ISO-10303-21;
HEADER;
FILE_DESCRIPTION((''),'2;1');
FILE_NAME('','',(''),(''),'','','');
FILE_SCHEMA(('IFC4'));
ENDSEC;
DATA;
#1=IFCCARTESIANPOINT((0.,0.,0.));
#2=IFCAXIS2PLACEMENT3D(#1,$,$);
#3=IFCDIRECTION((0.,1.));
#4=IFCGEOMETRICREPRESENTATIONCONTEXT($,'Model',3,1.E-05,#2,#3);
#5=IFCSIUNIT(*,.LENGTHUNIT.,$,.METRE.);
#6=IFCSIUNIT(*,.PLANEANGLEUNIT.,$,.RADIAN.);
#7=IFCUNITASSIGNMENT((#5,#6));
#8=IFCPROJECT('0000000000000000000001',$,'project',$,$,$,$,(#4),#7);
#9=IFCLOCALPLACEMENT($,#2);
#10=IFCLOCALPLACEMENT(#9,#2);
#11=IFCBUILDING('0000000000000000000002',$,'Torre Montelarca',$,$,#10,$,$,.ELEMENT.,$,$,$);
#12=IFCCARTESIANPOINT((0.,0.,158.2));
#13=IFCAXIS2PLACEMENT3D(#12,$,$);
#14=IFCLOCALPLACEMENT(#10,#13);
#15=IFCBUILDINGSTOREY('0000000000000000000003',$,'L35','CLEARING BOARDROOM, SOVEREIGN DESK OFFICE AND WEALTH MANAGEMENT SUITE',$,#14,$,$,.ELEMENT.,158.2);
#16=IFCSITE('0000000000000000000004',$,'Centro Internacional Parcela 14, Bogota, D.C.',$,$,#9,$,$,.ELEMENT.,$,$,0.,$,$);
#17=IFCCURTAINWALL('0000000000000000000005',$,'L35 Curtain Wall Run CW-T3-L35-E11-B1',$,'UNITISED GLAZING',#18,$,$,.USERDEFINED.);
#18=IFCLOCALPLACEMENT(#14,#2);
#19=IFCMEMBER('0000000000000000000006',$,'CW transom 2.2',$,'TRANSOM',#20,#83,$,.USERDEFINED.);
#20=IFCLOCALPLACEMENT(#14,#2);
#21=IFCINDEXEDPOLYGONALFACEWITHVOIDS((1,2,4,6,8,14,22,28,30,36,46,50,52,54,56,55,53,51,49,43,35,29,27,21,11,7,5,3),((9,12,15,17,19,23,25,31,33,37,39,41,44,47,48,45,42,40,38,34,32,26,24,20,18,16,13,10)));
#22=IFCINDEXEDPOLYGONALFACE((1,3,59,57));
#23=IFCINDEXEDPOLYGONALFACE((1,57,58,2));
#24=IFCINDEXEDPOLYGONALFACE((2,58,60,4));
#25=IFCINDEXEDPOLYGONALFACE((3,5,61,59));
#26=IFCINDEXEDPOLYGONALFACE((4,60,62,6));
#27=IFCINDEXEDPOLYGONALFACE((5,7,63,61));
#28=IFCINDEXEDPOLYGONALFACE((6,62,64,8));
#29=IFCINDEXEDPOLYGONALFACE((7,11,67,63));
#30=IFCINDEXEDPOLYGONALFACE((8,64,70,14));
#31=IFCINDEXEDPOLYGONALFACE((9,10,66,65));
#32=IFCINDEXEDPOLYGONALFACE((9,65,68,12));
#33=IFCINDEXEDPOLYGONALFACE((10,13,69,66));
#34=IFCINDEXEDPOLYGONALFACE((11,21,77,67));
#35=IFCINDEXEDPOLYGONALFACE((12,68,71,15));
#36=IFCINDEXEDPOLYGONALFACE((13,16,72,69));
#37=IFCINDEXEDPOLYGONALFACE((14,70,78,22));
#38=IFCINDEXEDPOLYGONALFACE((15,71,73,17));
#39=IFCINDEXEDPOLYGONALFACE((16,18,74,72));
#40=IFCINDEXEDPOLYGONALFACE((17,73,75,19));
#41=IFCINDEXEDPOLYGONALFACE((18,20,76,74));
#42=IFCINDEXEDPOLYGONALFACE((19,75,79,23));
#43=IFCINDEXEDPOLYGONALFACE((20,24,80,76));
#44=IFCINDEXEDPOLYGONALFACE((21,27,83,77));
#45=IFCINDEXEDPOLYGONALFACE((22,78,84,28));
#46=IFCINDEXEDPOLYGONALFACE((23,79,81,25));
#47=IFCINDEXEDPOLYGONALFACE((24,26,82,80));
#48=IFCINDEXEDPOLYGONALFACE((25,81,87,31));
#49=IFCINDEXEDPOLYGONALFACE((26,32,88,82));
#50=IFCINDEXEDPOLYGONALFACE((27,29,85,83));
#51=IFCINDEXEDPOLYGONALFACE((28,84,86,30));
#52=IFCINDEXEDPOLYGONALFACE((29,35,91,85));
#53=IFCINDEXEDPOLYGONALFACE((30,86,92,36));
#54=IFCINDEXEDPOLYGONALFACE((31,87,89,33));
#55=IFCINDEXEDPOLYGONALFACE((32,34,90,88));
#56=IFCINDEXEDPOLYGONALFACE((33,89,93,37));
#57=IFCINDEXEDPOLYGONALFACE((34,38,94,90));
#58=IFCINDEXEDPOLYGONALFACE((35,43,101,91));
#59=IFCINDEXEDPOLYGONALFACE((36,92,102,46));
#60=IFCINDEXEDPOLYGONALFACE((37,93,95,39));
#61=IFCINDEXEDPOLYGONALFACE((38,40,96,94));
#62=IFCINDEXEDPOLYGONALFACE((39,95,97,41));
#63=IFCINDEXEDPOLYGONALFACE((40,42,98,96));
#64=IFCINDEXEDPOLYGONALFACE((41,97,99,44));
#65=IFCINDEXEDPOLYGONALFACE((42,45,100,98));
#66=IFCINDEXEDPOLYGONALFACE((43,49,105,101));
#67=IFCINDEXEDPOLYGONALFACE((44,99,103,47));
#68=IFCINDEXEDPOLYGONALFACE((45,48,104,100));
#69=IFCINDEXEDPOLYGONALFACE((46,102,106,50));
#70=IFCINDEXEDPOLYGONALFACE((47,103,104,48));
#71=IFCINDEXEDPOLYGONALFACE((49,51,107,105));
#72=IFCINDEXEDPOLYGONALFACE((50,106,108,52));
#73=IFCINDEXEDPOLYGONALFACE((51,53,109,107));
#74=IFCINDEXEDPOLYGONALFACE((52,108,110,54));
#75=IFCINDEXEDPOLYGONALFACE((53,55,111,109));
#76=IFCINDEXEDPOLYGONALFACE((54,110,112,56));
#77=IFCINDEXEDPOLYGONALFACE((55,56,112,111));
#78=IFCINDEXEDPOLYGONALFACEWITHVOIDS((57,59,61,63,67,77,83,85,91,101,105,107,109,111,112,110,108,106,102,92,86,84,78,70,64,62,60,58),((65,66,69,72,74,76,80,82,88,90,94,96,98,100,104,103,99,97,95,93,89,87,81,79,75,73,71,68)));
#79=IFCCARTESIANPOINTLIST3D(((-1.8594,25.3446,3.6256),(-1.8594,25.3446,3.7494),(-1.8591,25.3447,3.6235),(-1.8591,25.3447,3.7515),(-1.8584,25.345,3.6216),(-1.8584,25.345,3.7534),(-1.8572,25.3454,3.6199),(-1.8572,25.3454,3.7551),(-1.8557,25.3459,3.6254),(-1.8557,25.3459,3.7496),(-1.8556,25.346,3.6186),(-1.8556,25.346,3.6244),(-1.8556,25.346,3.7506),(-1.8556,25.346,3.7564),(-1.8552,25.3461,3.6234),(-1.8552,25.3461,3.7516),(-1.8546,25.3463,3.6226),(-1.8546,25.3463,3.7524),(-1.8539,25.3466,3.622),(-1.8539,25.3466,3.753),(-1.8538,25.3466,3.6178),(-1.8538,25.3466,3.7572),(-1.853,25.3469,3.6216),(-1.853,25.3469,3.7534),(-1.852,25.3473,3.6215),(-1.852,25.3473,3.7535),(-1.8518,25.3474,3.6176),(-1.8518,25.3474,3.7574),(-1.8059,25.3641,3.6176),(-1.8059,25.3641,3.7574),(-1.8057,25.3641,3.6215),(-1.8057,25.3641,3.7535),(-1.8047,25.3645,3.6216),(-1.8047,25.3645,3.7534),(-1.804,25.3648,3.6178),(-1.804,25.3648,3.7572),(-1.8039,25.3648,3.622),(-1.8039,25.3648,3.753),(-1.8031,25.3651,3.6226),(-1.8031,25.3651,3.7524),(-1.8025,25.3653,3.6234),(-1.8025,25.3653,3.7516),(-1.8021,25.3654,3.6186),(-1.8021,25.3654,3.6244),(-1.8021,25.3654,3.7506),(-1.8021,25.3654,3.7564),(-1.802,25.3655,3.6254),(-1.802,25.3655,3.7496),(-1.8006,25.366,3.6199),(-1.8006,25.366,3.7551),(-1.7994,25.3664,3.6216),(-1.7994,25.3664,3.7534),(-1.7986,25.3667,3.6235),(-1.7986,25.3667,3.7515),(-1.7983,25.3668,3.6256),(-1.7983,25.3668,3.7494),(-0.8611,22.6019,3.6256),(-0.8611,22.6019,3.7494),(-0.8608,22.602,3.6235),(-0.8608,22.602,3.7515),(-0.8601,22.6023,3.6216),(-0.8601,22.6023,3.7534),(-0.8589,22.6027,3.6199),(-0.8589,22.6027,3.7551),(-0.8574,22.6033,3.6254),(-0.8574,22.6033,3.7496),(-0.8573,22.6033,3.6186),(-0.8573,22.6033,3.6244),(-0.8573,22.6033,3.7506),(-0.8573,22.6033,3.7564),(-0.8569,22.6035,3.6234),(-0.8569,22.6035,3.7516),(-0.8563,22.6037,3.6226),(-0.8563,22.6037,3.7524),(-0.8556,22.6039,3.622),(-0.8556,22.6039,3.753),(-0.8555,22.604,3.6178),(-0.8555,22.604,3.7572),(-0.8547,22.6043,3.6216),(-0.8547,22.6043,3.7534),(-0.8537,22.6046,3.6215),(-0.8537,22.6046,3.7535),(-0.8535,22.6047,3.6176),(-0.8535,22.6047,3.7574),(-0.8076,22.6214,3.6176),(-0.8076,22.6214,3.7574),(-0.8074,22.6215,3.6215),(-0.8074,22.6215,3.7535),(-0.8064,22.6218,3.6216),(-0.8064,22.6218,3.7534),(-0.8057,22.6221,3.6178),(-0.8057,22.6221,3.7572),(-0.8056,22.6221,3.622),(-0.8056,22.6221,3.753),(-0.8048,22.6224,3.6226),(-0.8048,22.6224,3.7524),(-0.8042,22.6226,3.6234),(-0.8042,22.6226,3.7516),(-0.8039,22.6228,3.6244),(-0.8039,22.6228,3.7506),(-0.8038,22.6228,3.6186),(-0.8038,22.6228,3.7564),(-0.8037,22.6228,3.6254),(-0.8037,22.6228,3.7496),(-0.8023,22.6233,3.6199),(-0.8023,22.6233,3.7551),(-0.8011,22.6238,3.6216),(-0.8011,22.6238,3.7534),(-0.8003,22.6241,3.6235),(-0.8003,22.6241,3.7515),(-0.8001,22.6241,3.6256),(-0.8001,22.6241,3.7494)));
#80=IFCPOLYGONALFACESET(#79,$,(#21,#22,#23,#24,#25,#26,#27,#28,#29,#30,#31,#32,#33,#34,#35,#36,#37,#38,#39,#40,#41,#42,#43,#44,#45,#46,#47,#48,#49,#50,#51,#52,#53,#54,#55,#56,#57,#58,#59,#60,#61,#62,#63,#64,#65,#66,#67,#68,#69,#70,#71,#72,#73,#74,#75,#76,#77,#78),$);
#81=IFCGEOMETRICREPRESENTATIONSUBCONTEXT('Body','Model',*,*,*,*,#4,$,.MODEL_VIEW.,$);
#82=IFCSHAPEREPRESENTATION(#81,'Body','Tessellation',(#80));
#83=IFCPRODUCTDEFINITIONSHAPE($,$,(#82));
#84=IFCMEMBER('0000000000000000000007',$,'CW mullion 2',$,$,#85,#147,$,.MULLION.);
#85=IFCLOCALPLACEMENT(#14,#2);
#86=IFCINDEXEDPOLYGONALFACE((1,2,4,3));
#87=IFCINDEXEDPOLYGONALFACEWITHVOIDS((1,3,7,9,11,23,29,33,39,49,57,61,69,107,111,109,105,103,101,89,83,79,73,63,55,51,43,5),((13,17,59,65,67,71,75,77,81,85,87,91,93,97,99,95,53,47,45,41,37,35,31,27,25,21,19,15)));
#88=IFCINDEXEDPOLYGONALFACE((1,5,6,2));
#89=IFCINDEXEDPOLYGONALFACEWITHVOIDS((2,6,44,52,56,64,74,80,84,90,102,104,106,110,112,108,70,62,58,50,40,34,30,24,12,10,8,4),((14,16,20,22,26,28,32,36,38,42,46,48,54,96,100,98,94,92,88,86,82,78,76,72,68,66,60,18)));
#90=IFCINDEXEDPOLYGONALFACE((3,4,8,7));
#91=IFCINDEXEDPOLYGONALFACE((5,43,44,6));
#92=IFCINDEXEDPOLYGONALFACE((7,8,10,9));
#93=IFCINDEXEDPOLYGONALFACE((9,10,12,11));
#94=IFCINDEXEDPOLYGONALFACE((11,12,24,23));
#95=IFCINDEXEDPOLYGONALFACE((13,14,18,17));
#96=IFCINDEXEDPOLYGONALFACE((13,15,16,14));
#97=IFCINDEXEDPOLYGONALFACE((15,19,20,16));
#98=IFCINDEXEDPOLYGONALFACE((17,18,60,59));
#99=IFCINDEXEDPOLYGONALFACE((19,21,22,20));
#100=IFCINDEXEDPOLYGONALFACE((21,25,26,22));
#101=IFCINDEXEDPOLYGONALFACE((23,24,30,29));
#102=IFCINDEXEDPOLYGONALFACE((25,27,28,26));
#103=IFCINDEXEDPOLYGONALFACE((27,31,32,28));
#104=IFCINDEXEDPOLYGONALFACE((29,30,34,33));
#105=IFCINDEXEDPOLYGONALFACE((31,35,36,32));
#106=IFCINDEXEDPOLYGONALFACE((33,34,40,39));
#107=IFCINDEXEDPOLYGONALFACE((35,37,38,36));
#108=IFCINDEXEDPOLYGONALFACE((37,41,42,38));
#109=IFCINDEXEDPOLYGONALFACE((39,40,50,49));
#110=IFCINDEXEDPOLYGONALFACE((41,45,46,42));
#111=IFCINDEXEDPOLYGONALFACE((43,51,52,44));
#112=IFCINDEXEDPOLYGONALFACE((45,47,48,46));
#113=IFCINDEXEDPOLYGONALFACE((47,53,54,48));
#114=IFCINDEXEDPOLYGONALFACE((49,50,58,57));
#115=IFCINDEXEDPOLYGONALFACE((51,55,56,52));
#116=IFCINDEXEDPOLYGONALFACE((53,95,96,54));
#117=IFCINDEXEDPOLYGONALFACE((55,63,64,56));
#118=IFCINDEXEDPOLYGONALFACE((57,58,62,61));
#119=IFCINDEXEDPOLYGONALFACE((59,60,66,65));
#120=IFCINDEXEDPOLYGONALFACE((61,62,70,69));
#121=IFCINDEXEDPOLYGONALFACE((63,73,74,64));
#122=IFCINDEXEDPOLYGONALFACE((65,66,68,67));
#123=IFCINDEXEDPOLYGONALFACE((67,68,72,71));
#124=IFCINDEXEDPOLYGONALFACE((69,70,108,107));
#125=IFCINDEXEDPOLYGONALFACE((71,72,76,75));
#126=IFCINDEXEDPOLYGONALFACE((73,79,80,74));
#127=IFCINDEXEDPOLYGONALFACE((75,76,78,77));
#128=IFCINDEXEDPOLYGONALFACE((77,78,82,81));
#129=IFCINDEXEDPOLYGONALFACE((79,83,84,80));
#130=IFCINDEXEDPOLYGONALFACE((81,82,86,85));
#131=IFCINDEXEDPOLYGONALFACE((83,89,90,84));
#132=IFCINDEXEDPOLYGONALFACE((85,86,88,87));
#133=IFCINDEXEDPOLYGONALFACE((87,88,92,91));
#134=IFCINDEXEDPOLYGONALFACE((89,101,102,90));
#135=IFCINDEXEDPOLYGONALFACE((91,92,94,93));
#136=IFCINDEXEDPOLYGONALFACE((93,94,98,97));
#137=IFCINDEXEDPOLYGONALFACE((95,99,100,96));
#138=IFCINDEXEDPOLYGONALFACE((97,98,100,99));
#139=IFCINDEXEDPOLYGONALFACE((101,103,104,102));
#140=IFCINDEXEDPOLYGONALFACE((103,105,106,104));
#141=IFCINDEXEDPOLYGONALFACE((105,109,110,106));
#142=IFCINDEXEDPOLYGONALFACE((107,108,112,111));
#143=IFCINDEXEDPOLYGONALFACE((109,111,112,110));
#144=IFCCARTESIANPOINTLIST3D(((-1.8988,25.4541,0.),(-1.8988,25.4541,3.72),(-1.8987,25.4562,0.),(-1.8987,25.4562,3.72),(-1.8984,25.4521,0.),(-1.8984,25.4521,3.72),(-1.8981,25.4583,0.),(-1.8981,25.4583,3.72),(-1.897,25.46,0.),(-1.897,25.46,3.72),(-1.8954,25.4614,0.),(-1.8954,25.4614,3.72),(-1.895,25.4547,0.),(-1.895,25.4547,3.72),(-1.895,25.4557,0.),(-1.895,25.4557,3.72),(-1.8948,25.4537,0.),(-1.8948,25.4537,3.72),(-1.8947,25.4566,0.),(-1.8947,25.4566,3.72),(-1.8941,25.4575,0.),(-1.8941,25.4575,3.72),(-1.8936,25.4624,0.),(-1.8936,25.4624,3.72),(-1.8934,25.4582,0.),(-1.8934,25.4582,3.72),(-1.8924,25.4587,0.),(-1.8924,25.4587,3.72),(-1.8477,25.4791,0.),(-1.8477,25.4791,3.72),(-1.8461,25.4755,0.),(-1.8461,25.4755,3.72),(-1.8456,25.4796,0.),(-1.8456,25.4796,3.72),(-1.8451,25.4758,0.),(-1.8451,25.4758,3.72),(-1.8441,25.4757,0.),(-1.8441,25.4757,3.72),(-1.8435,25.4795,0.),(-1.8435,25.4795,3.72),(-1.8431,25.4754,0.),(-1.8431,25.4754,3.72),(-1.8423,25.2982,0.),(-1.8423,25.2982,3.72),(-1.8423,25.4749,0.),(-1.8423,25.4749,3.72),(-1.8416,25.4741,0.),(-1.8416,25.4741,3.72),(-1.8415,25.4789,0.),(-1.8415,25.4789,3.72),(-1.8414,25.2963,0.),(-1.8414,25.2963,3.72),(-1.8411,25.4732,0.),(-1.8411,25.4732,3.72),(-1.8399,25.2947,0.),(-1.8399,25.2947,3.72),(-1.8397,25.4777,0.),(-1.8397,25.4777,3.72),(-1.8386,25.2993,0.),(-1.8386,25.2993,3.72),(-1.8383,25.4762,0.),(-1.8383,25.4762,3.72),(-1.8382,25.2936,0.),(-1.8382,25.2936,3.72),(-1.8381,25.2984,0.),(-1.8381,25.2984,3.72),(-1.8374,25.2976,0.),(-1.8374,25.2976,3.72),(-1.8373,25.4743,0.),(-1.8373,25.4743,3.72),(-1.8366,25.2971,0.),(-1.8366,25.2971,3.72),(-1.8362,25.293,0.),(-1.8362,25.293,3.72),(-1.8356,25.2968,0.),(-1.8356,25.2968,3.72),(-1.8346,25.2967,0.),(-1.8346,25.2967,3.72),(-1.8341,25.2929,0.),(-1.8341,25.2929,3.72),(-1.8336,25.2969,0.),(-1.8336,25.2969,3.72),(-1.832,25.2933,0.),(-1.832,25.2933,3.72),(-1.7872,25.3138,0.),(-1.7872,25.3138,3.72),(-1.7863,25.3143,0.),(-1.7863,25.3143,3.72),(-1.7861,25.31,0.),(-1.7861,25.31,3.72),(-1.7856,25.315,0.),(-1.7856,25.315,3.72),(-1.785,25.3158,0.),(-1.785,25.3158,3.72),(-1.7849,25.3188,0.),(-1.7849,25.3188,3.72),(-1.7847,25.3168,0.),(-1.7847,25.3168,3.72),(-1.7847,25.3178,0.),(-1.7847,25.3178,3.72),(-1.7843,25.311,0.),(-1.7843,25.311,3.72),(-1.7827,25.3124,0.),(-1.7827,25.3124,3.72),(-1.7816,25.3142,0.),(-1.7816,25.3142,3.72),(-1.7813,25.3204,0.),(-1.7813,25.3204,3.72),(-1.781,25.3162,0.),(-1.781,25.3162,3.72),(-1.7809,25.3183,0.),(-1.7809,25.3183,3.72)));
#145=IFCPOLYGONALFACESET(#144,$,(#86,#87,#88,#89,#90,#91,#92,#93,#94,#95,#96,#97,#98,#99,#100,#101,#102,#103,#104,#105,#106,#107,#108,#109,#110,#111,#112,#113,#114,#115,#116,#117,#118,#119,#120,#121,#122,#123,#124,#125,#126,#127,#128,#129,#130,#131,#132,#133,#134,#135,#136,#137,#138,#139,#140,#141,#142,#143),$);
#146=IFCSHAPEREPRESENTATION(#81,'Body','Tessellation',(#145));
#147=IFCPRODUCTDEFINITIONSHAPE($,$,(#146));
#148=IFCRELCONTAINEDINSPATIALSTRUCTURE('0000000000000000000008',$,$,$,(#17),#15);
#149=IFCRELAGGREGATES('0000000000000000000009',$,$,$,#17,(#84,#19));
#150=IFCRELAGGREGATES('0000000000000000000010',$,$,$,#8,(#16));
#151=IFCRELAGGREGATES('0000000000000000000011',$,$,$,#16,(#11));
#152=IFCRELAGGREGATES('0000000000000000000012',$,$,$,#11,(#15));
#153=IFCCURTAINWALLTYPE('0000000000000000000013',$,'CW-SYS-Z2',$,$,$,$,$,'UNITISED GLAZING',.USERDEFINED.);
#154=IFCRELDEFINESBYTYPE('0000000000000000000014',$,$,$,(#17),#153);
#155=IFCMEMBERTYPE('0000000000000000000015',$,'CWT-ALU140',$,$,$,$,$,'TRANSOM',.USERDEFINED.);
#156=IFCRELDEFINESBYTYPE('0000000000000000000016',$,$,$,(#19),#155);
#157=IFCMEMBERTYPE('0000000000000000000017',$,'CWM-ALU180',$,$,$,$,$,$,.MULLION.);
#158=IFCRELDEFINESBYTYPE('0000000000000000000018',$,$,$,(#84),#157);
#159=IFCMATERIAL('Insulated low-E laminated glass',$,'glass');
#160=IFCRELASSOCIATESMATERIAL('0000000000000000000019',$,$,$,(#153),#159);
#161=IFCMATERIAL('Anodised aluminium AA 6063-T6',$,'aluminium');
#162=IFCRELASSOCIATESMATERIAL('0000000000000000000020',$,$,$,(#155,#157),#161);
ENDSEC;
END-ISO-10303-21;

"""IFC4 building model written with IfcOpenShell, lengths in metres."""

from ifc_helpers import new_model, si_unit, direction, frame, origin, origin_2d, place, context, subcontext, project, spatial, hollow_rectangle, extrude, source, transform, mapped, material, material_profile, profile_set, type_object, element, aggregate, save


model = new_model("IFC4")

# Units and contexts
model_context = context("Model", 3, precision=1e-05, world=origin(), true_north=direction((0.0, 1.0)))
body_context = subcontext(model_context, "Body", "Model", "MODEL_VIEW")
ifc_project = project(units=[si_unit("LENGTHUNIT", "METRE"), si_unit("PLANEANGLEUNIT", "RADIAN")], contexts=[model_context])

# Site, building, storey
site_placement = place(None, origin())
site = spatial("IfcSite", under=ifc_project, at=site_placement, Name="Centro Internacional Parcela 14, Bogota, D.C.", CompositionType="ELEMENT", RefElevation=0.0)
building_placement = place(site_placement, origin())
building = spatial("IfcBuilding", under=site, at=building_placement, Name="Torre Montelarca", CompositionType="ELEMENT")
storey_placement = place(building_placement, frame((0.0, 0.0, 158.2)))
storey = spatial("IfcBuildingStorey", under=building, at=storey_placement, Name="L35", Description="CLEARING BOARDROOM, SOVEREIGN DESK OFFICE AND WEALTH MANAGEMENT SUITE", CompositionType="ELEMENT", Elevation=158.2)

# Curtain wall, members
ifc_material_1 = material(Name="Insulated low-E laminated glass", Category="glass")
curtain_wall_type = type_object("IfcCurtainWallType", Name="CW-SYS-Z2", ElementType="UNITISED GLAZING", PredefinedType="USERDEFINED", material=ifc_material_1)
curtain_wall_placement = place(storey_placement, origin())
curtain_wall = element("IfcCurtainWall", 1, at=curtain_wall_placement, inside=storey, type_object=curtain_wall_type, Name="L35 Curtain Wall Run CW-T3-L35-E11-B1", ObjectType="UNITISED GLAZING", PredefinedType="USERDEFINED")
ifc_material_2 = material(Name="Anodised aluminium AA 6063-T6", Category="aluminium")
ifc_material_profile_1 = material_profile(ifc_material_2, hollow_rectangle(XDim=0.0649, YDim=0.1399, WallThickness=0.0039, InnerFilletRadius=0.0039, OuterFilletRadius=0.0081, at=origin_2d()), Name="ALU65X140X4", Category="aluminium")
ifc_profile_set_1 = profile_set([ifc_material_profile_1], Name="Anodised aluminium AA 6063-T6")
member_type_1 = type_object("IfcMemberType", Name="CWT-ALU140", ElementType="TRANSOM", PredefinedType="USERDEFINED", material=ifc_profile_set_1)
shared_shape_1 = source(origin(), body_context, "Body", "SweptSolid", [
    extrude(hollow_rectangle(XDim=0.0649, YDim=0.1399, WallThickness=0.0039, InnerFilletRadius=0.0039, OuterFilletRadius=0.0081, at=origin_2d()), origin(), (0.0, 0.0, 1.0), 2.9187),
])
member_1_placement = place(storey_placement, frame((-1.8289, 25.3557, 3.6875), z_axis=(0.342032, -0.939688, 0.0), x_axis=(0.939688, 0.342032, 0.0)))
member_1 = element("IfcMember", 2, at=member_1_placement, type_object=member_type_1, Name="CW transom 2.2", ObjectType="TRANSOM", PredefinedType="USERDEFINED", context=body_context, shape_type="MappedRepresentation", body=[
    mapped(shared_shape_1, transform((0.0, 0.0, 0.0), scale=1.0)),
])
ifc_material_profile_2 = material_profile(ifc_material_2, hollow_rectangle(XDim=0.0649, YDim=0.1799, WallThickness=0.0039, InnerFilletRadius=0.0039, OuterFilletRadius=0.0081, at=origin_2d()), Name="ALU65X180X4", Category="aluminium")
ifc_profile_set_2 = profile_set([ifc_material_profile_2], Name="Anodised aluminium AA 6063-T6")
member_type_2 = type_object("IfcMemberType", Name="CWM-ALU180", PredefinedType="MULLION", material=ifc_profile_set_2)
shared_shape_2 = source(origin(), body_context, "Body", "SweptSolid", [
    extrude(hollow_rectangle(XDim=0.0649, YDim=0.1799, WallThickness=0.0039, InnerFilletRadius=0.0039, OuterFilletRadius=0.0081, at=origin_2d()), origin(), (0.0, 0.0, 1.0), 3.72),
])
member_2_placement = place(storey_placement, frame((-1.8398, 25.3862, 0.0), z_axis=(0.0, 0.0, 1.0), x_axis=(0.939694, 0.342016, 0.0)))
member_2 = element("IfcMember", 3, at=member_2_placement, type_object=member_type_2, Name="CW mullion 2", PredefinedType="MULLION", context=body_context, shape_type="MappedRepresentation", body=[
    mapped(shared_shape_2, transform((0.0, 0.0, 0.0), scale=1.0)),
])
aggregate(curtain_wall, [member_2, member_1])

save(model, "model.ifc")
